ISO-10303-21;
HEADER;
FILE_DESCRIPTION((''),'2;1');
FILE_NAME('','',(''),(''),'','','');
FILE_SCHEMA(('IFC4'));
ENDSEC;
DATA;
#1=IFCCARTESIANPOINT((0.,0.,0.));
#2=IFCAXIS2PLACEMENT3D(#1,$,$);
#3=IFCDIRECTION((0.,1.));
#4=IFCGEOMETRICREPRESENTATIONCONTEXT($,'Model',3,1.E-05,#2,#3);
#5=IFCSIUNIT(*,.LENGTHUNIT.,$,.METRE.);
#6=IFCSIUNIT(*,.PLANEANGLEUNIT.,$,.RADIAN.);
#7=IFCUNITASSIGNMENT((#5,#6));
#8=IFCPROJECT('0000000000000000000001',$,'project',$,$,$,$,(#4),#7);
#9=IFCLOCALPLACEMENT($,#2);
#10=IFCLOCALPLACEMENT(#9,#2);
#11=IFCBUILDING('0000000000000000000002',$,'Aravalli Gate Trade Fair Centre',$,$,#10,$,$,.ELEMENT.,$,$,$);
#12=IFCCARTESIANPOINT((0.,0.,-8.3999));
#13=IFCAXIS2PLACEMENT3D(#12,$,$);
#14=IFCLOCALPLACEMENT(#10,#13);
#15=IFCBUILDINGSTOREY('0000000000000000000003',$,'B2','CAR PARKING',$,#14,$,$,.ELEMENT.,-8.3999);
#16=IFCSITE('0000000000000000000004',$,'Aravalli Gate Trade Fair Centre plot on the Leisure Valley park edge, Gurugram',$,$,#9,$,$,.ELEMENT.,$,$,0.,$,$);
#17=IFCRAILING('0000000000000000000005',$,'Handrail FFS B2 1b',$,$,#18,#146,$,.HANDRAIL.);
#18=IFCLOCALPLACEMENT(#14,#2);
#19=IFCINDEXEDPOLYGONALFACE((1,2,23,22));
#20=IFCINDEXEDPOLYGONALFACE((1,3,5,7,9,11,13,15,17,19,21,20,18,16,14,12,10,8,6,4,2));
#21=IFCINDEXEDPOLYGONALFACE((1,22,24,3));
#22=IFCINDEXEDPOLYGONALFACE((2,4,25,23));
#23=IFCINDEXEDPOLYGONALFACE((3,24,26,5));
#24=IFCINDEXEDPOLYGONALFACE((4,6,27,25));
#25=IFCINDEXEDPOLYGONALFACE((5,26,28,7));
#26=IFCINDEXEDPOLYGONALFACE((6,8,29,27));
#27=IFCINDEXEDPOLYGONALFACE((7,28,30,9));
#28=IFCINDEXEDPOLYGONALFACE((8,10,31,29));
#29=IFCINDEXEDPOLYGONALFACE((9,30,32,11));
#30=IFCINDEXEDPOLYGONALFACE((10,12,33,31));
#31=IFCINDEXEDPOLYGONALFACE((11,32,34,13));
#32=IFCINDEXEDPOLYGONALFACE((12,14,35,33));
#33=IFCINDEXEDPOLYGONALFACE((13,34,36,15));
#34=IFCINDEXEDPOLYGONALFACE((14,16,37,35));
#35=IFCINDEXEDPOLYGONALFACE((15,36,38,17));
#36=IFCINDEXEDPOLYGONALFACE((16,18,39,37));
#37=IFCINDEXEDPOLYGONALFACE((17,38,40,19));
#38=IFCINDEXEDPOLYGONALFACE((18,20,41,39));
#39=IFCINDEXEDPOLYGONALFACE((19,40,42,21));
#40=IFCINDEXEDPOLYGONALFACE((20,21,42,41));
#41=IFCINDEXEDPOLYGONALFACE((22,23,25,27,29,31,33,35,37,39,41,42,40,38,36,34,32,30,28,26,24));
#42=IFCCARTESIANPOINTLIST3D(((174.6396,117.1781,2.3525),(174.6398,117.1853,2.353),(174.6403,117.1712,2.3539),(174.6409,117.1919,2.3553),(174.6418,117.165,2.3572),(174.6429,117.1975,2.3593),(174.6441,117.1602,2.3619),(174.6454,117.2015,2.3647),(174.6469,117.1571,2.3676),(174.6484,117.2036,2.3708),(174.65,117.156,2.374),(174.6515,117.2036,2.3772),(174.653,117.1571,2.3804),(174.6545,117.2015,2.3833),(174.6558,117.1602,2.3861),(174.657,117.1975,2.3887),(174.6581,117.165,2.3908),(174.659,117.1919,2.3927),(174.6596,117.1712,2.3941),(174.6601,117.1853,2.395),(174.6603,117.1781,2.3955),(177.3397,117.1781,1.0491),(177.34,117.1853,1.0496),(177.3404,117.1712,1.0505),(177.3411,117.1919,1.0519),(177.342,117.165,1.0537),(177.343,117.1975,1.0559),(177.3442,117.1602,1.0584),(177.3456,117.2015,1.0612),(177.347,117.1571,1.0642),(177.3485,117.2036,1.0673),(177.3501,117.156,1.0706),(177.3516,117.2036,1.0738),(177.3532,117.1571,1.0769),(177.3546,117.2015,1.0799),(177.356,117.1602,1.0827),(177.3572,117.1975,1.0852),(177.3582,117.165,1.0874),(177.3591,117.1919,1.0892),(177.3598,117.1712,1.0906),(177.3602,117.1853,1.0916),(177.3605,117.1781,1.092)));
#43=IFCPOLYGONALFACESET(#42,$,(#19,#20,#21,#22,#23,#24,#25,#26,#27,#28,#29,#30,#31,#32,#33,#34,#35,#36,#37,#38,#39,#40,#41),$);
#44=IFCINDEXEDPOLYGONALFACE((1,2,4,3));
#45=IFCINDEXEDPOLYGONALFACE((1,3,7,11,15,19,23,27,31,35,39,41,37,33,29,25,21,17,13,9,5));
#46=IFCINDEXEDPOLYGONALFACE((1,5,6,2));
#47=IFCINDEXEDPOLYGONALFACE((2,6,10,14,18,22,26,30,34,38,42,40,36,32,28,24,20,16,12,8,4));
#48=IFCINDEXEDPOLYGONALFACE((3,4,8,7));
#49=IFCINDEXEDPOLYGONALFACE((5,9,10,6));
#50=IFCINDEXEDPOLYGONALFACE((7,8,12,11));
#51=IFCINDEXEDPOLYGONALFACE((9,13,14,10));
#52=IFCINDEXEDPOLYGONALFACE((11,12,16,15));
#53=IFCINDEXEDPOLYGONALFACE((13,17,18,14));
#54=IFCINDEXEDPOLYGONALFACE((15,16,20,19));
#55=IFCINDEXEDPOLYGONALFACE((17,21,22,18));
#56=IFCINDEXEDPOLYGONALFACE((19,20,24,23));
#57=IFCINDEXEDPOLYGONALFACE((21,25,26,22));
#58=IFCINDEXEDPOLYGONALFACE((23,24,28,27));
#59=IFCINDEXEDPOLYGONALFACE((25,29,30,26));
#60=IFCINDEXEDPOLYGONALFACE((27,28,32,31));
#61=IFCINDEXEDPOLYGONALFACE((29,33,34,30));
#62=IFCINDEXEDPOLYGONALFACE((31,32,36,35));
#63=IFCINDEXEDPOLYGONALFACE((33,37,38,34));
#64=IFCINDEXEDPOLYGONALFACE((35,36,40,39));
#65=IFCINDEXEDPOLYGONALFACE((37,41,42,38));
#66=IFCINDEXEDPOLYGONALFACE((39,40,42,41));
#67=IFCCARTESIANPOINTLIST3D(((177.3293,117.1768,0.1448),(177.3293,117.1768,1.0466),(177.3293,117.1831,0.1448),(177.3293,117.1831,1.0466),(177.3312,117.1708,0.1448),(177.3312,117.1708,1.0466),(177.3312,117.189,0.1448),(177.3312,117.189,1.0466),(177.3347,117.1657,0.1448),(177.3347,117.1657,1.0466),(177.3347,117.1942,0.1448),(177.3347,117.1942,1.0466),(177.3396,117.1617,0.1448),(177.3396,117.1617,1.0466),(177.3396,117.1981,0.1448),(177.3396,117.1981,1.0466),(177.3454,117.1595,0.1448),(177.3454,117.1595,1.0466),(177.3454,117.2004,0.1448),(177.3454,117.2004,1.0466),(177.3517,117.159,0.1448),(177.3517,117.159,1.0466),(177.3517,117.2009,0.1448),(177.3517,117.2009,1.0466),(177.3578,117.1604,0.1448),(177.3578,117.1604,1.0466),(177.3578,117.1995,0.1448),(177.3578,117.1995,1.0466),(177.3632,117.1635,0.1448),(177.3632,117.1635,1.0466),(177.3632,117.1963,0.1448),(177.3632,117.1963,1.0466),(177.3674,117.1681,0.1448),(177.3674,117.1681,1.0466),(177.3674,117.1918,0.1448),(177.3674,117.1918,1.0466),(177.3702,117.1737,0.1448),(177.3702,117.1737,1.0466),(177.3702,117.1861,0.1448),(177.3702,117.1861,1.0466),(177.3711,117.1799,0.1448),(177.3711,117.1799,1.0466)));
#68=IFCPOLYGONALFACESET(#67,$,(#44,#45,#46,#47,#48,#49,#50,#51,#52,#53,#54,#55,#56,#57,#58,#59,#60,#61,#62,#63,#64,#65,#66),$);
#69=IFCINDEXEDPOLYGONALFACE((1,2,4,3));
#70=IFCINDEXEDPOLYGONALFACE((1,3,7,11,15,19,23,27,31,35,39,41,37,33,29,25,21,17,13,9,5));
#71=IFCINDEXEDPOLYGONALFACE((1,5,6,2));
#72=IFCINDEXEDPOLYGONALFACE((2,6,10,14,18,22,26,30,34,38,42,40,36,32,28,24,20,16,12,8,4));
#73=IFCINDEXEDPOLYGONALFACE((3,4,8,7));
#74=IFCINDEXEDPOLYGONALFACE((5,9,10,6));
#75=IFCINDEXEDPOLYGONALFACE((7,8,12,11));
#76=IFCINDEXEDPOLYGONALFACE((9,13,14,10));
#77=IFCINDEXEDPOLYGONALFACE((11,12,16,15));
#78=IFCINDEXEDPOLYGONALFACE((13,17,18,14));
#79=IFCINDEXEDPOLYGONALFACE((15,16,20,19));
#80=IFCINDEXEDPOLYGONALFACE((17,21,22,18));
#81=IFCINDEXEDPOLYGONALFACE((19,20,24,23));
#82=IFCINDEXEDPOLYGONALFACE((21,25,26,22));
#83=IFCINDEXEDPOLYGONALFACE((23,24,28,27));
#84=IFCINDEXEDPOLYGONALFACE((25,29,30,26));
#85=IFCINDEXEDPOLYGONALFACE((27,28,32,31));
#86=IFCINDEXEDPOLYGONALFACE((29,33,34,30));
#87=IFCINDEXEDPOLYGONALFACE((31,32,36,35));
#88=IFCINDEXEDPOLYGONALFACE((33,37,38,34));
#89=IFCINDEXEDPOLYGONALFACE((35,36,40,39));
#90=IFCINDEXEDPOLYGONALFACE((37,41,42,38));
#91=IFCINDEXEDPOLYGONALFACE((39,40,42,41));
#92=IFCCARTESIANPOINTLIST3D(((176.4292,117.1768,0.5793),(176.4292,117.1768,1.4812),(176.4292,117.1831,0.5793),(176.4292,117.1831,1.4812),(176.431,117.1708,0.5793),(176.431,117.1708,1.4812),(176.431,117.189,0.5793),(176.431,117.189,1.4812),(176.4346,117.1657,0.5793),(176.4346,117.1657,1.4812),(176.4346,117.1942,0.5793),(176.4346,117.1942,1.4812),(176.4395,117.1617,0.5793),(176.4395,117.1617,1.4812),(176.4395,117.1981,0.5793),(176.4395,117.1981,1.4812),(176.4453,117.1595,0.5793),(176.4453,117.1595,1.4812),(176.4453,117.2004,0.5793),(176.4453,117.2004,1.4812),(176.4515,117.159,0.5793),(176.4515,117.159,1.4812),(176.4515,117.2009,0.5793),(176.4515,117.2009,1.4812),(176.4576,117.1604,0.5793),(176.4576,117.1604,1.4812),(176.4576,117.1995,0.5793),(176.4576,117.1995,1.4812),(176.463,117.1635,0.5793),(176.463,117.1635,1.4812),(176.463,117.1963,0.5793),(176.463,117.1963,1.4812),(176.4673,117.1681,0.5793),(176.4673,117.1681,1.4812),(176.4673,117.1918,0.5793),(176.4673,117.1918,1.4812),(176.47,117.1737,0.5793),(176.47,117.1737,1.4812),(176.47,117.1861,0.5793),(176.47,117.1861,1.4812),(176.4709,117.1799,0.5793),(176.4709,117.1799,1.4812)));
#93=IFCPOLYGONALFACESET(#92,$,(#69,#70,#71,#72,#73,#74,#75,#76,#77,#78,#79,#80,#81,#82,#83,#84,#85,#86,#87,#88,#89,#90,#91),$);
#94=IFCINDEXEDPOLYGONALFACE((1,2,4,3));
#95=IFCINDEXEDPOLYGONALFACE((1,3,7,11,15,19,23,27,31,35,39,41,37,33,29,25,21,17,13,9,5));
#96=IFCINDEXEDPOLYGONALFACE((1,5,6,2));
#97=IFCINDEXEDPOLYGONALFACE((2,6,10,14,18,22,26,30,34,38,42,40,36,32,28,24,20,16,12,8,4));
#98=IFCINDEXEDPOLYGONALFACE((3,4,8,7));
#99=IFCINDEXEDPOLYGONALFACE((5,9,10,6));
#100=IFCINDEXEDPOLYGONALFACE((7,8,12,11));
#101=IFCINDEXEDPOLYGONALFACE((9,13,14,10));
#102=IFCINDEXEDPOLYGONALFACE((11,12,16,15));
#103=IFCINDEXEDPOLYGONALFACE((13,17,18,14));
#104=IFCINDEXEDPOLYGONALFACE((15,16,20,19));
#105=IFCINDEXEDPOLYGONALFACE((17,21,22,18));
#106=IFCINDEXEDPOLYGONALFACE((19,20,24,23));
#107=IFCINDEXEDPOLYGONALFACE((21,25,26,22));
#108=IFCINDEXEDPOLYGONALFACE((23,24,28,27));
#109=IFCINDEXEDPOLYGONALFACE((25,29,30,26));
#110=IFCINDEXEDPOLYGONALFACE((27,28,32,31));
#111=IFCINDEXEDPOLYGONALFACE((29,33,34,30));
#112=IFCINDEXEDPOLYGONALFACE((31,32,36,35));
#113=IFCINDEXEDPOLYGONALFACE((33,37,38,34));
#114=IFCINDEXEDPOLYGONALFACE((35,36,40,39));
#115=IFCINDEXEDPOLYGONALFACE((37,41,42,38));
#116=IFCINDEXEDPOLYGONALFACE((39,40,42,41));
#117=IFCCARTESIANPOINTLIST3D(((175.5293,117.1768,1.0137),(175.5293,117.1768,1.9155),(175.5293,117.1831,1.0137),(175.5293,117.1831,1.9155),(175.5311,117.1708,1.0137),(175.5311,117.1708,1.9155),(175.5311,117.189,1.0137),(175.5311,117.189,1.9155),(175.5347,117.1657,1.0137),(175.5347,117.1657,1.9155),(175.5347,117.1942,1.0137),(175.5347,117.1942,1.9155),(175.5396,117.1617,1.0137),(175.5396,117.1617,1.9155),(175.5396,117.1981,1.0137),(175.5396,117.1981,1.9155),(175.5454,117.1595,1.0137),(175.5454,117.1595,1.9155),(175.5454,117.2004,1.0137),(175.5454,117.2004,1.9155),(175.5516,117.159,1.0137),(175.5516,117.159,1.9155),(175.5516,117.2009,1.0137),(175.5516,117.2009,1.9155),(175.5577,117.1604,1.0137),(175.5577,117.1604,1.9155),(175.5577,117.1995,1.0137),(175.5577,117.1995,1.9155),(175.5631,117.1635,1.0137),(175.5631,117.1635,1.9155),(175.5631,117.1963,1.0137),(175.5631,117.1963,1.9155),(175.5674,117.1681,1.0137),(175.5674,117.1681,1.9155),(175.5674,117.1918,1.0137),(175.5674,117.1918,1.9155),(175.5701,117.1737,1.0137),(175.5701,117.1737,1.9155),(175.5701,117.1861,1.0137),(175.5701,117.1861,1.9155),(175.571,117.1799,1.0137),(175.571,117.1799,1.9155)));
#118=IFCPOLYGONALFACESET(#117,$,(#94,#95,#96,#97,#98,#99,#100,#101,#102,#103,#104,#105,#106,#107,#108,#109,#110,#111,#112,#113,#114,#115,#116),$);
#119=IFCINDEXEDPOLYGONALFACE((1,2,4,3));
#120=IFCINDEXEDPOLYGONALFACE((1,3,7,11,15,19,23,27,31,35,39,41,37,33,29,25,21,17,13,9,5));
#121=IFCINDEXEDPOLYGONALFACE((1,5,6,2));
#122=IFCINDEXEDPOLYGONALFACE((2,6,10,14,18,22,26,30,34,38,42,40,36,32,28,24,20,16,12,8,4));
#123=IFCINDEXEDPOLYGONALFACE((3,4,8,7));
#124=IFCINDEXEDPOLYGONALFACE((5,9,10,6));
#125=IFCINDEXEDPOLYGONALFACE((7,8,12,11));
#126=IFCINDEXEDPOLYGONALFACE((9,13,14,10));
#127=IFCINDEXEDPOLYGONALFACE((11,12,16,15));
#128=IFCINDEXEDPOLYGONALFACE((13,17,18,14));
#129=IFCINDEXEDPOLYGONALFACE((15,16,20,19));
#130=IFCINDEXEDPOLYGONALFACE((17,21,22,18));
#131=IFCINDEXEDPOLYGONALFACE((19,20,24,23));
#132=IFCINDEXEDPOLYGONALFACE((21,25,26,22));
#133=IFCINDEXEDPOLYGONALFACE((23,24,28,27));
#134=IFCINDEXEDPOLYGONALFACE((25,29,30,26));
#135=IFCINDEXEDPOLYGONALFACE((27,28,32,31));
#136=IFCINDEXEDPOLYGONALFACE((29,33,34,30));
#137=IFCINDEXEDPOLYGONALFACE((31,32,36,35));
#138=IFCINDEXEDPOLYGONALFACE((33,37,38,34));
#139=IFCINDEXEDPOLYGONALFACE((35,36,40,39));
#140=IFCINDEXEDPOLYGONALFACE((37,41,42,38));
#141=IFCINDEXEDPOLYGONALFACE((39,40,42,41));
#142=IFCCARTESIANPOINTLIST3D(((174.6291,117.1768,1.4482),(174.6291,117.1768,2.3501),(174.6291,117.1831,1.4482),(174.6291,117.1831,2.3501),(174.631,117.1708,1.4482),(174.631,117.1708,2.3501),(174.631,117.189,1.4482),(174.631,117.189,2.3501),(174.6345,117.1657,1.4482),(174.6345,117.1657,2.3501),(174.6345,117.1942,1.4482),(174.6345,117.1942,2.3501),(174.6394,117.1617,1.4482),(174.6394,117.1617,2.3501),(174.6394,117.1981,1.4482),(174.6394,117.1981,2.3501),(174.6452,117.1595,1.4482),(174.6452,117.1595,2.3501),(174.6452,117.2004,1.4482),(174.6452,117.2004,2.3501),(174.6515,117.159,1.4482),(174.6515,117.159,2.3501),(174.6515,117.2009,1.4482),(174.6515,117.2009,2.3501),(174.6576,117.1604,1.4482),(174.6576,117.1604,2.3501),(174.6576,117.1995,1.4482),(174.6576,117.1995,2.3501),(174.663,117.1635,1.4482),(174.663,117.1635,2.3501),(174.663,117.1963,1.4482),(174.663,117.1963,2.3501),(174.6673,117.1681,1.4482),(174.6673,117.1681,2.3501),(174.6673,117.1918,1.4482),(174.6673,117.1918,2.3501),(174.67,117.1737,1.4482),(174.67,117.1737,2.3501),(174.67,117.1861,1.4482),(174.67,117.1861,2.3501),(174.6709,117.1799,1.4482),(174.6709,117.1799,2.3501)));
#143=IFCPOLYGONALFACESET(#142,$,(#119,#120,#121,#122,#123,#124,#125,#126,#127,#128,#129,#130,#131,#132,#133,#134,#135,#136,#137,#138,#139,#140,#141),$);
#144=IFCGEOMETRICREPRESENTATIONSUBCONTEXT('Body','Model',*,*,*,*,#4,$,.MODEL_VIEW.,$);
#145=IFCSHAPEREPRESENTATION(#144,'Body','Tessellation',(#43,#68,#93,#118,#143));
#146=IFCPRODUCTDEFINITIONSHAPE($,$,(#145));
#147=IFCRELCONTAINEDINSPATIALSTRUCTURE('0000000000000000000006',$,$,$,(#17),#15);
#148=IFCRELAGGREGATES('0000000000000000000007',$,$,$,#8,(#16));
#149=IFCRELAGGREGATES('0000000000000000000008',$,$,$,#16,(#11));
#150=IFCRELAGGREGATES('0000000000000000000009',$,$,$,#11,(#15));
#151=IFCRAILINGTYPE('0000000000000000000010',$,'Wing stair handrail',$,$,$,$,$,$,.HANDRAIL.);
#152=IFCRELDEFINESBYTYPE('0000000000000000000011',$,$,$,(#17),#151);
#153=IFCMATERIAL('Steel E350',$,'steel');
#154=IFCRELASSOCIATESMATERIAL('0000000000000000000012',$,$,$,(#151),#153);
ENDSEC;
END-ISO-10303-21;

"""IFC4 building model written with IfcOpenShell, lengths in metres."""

from ifc_helpers import new_model, si_unit, direction, frame, origin, origin_2d, place, context, subcontext, project, spatial, circle, extrude, material, type_object, element, save


model = new_model("IFC4")

# Units and contexts
model_context = context("Model", 3, precision=1e-05, world=origin(), true_north=direction((0.0, 1.0)))
body_context = subcontext(model_context, "Body", "Model", "MODEL_VIEW")
ifc_project = project(units=[si_unit("LENGTHUNIT", "METRE"), si_unit("PLANEANGLEUNIT", "RADIAN")], contexts=[model_context])

# Site, building, storey
site_placement = place(None, origin())
site = spatial("IfcSite", under=ifc_project, at=site_placement, Name="Aravalli Gate Trade Fair Centre plot on the Leisure Valley park edge, Gurugram", CompositionType="ELEMENT", RefElevation=0.0)
building_placement = place(site_placement, origin())
building = spatial("IfcBuilding", under=site, at=building_placement, Name="Aravalli Gate Trade Fair Centre", CompositionType="ELEMENT")
storey_placement = place(building_placement, frame((0.0, 0.0, -8.3999)))
storey = spatial("IfcBuildingStorey", under=building, at=storey_placement, Name="B2", Description="CAR PARKING", CompositionType="ELEMENT", Elevation=-8.3999)

# Railing
ifc_material_1 = material(Name="Steel E350", Category="steel")
railing_type = type_object("IfcRailingType", Name="Wing stair handrail", PredefinedType="HANDRAIL", material=ifc_material_1)
railing_1_placement = place(storey_placement, frame((177.3501, 117.1799, 0.1448)))
element("IfcRailing", 1, at=railing_1_placement, inside=storey, type_object=railing_type, Name="Handrail FFS B2 1b", PredefinedType="HANDRAIL", context=body_context, shape_type="SweptSolid", body=[
    extrude(circle(Radius=0.0239, at=origin_2d()), frame((0.0, 0.0, 0.9258), z_axis=(-0.900562, 0.0, 0.434729), x_axis=(0.0, -1.0, 0.0)), (0.0, 0.0, 1.0), 2.9983),
    extrude(circle(Radius=0.021, at=origin_2d()), origin(), (0.0, 0.0, 1.0), 0.9019),
    extrude(circle(Radius=0.021, at=origin_2d()), frame((-0.9001, 0.0, 0.4346)), (0.0, 0.0, 1.0), 0.9019),
    extrude(circle(Radius=0.021, at=origin_2d()), frame((-1.8, 0.0, 0.8689)), (0.0, 0.0, 1.0), 0.9019),
    extrude(circle(Radius=0.021, at=origin_2d()), frame((-2.7002, 0.0, 1.3035)), (0.0, 0.0, 1.0), 0.9019),
])

save(model, "model.ifc")
